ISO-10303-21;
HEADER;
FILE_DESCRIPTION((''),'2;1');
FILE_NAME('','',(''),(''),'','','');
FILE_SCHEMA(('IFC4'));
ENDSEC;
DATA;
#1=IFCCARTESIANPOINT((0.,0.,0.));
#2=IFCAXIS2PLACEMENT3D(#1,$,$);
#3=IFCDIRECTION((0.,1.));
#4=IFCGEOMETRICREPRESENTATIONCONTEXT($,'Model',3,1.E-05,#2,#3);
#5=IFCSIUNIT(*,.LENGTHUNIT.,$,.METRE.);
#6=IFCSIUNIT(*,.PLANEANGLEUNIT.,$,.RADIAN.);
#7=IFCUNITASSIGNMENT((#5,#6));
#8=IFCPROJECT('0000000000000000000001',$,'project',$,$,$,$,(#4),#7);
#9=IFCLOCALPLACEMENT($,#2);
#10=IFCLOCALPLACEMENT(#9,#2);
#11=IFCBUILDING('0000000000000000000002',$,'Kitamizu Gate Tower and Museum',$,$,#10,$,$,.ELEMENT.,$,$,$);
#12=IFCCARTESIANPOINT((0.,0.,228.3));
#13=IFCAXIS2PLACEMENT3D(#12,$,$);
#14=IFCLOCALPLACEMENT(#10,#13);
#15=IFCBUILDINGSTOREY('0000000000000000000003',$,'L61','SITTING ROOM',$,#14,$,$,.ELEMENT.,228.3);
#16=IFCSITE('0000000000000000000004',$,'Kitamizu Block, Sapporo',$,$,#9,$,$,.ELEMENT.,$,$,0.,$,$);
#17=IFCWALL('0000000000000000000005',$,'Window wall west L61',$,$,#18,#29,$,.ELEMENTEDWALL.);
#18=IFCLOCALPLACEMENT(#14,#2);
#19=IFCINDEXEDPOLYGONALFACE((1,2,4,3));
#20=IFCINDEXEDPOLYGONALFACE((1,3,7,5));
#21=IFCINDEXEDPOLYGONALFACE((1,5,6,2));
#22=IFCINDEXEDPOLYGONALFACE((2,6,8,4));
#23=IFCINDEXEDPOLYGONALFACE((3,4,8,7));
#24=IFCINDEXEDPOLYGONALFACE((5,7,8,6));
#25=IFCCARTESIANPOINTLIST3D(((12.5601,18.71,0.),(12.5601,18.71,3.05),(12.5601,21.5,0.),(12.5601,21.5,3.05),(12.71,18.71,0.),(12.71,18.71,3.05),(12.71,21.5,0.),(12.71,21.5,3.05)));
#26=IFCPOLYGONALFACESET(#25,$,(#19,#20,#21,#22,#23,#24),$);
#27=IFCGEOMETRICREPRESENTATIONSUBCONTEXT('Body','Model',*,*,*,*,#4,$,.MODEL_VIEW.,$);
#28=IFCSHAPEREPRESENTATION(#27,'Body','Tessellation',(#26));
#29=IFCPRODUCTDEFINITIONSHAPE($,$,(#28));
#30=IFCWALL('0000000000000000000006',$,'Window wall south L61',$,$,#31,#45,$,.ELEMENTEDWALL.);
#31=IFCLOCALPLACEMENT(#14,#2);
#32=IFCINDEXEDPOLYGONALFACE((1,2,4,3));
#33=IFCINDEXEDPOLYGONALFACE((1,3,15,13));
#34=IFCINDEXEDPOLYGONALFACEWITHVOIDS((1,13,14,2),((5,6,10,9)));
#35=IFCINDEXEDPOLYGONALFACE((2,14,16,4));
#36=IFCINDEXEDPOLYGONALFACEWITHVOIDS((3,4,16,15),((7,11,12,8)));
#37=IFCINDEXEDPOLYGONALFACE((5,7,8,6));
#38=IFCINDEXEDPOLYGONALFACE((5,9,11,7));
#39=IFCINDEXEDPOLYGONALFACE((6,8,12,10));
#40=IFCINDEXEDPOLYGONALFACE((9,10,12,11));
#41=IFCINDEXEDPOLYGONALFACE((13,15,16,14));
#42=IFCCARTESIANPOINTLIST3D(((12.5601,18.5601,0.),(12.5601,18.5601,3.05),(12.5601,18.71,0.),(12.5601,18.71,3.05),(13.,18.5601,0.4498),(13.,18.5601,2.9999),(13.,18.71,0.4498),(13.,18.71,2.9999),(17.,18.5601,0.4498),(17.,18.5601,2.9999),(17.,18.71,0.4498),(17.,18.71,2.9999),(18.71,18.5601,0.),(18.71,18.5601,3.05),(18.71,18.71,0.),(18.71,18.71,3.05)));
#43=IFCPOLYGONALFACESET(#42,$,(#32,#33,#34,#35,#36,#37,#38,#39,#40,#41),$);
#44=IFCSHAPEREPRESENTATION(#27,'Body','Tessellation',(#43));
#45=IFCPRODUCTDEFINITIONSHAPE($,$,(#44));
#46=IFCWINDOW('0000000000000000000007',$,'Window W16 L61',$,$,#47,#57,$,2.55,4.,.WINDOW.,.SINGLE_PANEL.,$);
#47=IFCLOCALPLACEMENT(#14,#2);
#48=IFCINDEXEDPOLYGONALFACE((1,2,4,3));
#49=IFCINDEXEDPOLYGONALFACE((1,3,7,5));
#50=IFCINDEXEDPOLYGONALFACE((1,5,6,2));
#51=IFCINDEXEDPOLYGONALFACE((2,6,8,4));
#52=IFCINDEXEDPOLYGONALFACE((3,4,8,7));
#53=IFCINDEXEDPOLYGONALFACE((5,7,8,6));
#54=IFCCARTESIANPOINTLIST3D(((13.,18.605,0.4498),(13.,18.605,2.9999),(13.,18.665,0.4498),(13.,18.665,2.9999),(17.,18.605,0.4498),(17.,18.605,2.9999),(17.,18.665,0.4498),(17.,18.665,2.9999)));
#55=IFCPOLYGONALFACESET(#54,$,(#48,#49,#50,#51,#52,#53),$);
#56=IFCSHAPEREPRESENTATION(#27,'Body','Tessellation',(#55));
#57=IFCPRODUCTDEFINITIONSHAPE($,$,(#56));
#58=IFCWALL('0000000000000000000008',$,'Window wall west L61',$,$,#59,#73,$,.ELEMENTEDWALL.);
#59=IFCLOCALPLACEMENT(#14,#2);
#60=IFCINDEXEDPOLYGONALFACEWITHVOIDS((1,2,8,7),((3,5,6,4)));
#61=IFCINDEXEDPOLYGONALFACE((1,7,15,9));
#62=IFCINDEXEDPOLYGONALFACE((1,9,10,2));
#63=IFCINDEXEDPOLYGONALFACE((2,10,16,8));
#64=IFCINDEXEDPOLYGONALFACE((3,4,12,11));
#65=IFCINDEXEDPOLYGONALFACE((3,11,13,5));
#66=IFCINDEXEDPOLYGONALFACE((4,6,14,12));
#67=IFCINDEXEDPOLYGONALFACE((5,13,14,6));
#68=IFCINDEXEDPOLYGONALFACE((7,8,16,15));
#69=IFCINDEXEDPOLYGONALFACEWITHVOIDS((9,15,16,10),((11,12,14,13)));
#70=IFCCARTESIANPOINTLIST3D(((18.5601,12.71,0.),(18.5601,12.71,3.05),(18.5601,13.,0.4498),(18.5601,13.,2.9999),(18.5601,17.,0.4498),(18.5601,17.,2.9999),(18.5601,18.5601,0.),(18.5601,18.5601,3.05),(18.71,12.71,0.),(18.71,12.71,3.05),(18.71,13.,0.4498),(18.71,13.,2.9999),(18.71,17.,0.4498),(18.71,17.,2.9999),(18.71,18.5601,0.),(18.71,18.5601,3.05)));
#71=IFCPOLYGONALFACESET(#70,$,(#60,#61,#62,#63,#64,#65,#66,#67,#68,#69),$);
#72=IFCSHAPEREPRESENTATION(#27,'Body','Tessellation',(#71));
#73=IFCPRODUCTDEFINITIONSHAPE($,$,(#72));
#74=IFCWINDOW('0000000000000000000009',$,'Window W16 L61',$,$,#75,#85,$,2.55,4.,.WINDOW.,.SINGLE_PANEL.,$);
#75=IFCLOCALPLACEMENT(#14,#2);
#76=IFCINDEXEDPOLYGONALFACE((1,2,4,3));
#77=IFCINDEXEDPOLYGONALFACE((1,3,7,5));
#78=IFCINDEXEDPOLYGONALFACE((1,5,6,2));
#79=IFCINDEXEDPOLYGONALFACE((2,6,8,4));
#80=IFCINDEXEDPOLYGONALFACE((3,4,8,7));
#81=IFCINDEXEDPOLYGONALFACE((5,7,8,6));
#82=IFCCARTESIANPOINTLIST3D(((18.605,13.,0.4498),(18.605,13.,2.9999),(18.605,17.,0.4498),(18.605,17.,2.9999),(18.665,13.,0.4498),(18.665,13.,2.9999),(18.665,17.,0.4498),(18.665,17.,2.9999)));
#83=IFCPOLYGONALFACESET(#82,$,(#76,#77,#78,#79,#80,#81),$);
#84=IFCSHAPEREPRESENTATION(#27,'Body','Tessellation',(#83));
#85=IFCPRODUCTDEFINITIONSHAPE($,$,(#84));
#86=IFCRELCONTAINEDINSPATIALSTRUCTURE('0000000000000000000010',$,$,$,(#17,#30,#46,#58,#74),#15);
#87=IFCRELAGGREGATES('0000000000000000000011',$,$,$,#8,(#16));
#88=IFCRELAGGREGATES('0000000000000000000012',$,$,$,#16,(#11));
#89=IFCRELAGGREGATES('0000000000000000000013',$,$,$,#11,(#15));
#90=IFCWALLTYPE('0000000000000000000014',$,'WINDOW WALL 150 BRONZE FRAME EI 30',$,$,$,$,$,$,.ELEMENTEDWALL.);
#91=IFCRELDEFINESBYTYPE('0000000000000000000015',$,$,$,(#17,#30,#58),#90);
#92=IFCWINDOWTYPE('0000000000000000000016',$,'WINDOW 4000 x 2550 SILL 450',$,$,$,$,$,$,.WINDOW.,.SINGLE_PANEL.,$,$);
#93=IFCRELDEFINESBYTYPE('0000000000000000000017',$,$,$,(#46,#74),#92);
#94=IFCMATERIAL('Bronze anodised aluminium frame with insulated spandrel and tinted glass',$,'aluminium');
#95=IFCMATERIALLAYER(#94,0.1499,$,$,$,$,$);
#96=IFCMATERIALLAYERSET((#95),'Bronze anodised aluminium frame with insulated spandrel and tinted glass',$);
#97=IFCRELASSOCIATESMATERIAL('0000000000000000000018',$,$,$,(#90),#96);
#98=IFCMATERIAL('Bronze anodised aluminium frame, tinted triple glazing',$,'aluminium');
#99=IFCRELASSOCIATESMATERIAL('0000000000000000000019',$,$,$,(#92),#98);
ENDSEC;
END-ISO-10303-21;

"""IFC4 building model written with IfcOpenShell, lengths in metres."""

from ifc_helpers import new_model, si_unit, direction, frame, frame_2d, origin, place, context, subcontext, project, spatial, rectangle, extrude, material, layer, layer_set, type_object, element, fill, save


model = new_model("IFC4")

# Units and contexts
model_context = context("Model", 3, precision=1e-05, world=origin(), true_north=direction((0.0, 1.0)))
body_context = subcontext(model_context, "Body", "Model", "MODEL_VIEW")
ifc_project = project(units=[si_unit("LENGTHUNIT", "METRE"), si_unit("PLANEANGLEUNIT", "RADIAN")], contexts=[model_context])

# Site, building, storey
site_placement = place(None, origin())
site = spatial("IfcSite", under=ifc_project, at=site_placement, Name="Kitamizu Block, Sapporo", CompositionType="ELEMENT", RefElevation=0.0)
building_placement = place(site_placement, origin())
building = spatial("IfcBuilding", under=site, at=building_placement, Name="Kitamizu Gate Tower and Museum", CompositionType="ELEMENT")
storey_placement = place(building_placement, frame((0.0, 0.0, 228.3)))
storey = spatial("IfcBuildingStorey", under=building, at=storey_placement, Name="L61", Description="SITTING ROOM", CompositionType="ELEMENT", Elevation=228.3)

# Shared definitions
ifc_material_1 = material(Name="Bronze anodised aluminium frame with insulated spandrel and tinted glass", Category="aluminium")
ifc_layer_1 = layer(ifc_material_1, 0.1499)
ifc_layer_set_1 = layer_set([ifc_layer_1], Name="Bronze anodised aluminium frame with insulated spandrel and tinted glass")
wall_type_1 = type_object("IfcWallType", Name="WINDOW WALL 150 BRONZE FRAME EI 30", PredefinedType="ELEMENTEDWALL", material=ifc_layer_set_1)

# Wall
wall_1_placement = place(storey_placement, frame((12.635, 18.71, 0.0), z_axis=(0.0, 0.0, 1.0), x_axis=(0.0, 1.0, 0.0)))
element("IfcWall", 1, at=wall_1_placement, inside=storey, type_object=wall_type_1, Name="Window wall west L61", PredefinedType="ELEMENTEDWALL", context=body_context, shape_type="SweptSolid", body=[
    extrude(rectangle(XDim=2.79, YDim=0.1499, at=frame_2d((1.395, 0.0))), origin(), (0.0, 0.0, 1.0), 3.05),
])

# Walls, openings, windows
wall_2_placement = place(storey_placement, frame((12.5601, 18.635, 0.0), z_axis=(0.0, 0.0, 1.0), x_axis=(1.0, 0.0, 0.0)))
wall_2 = element("IfcWall", 2, at=wall_2_placement, inside=storey, type_object=wall_type_1, Name="Window wall south L61", PredefinedType="ELEMENTEDWALL", context=body_context, shape_type="SweptSolid", body=[
    extrude(rectangle(XDim=6.1499, YDim=0.1499, at=frame_2d((3.075, 0.0))), origin(), (0.0, 0.0, 1.0), 3.05),
])
opening_1_placement = place(wall_2_placement, frame((0.4399, 0.0, 0.45)))
opening_1 = element("IfcOpeningElement", 3, at=opening_1_placement, cuts=wall_2, PredefinedType="OPENING", context=body_context, shape_type="SweptSolid", body=[
    extrude(rectangle(XDim=4.0, YDim=2.55, at=frame_2d((2.0, 1.2749))), frame((0.0, 0.085, 0.0), z_axis=(0.0, -1.0, 0.0), x_axis=(1.0, 0.0, 0.0)), (0.0, 0.0, 1.0), 0.1699),
])
ifc_material_2 = material(Name="Bronze anodised aluminium frame, tinted triple glazing", Category="aluminium")
window_type_1 = type_object("IfcWindowType", Name="WINDOW 4000 x 2550 SILL 450", PartitioningType="SINGLE_PANEL", PredefinedType="WINDOW", material=ifc_material_2)
window_1_placement = place(opening_1_placement, origin())
window_1 = element("IfcWindow", 4, at=window_1_placement, inside=storey, type_object=window_type_1, Name="Window W16 L61", OverallHeight=2.55, OverallWidth=4.0, PartitioningType="SINGLE_PANEL", PredefinedType="WINDOW", context=body_context, shape_type="SweptSolid", body=[
    extrude(rectangle(XDim=4.0, YDim=2.55, at=frame_2d((2.0, 1.2749))), frame((0.0, 0.03, 0.0), z_axis=(0.0, -1.0, 0.0), x_axis=(1.0, 0.0, 0.0)), (0.0, 0.0, 1.0), 0.0601),
])
fill(opening_1, window_1)
wall_3_placement = place(storey_placement, frame((18.635, 12.71, 0.0), z_axis=(0.0, 0.0, 1.0), x_axis=(0.0, 1.0, 0.0)))
wall_3 = element("IfcWall", 5, at=wall_3_placement, inside=storey, type_object=wall_type_1, Name="Window wall west L61", PredefinedType="ELEMENTEDWALL", context=body_context, shape_type="SweptSolid", body=[
    extrude(rectangle(XDim=5.8501, YDim=0.1499, at=frame_2d((2.925, 0.0))), origin(), (0.0, 0.0, 1.0), 3.05),
])
opening_2_placement = place(wall_3_placement, frame((0.29, 0.0, 0.45)))
opening_2 = element("IfcOpeningElement", 6, at=opening_2_placement, cuts=wall_3, PredefinedType="OPENING", context=body_context, shape_type="SweptSolid", body=[
    extrude(rectangle(XDim=4.0, YDim=2.55, at=frame_2d((2.0, 1.2749))), frame((0.0, 0.085, 0.0), z_axis=(0.0, -1.0, 0.0), x_axis=(1.0, 0.0, 0.0)), (0.0, 0.0, 1.0), 0.1699),
])
window_2_placement = place(opening_2_placement, origin())
window_2 = element("IfcWindow", 7, at=window_2_placement, inside=storey, type_object=window_type_1, Name="Window W16 L61", OverallHeight=2.55, OverallWidth=4.0, PartitioningType="SINGLE_PANEL", PredefinedType="WINDOW", context=body_context, shape_type="SweptSolid", body=[
    extrude(rectangle(XDim=4.0, YDim=2.55, at=frame_2d((2.0, 1.2749))), frame((0.0, 0.03, 0.0), z_axis=(0.0, -1.0, 0.0), x_axis=(1.0, 0.0, 0.0)), (0.0, 0.0, 1.0), 0.0601),
])
fill(opening_2, window_2)

save(model, "model.ifc")
